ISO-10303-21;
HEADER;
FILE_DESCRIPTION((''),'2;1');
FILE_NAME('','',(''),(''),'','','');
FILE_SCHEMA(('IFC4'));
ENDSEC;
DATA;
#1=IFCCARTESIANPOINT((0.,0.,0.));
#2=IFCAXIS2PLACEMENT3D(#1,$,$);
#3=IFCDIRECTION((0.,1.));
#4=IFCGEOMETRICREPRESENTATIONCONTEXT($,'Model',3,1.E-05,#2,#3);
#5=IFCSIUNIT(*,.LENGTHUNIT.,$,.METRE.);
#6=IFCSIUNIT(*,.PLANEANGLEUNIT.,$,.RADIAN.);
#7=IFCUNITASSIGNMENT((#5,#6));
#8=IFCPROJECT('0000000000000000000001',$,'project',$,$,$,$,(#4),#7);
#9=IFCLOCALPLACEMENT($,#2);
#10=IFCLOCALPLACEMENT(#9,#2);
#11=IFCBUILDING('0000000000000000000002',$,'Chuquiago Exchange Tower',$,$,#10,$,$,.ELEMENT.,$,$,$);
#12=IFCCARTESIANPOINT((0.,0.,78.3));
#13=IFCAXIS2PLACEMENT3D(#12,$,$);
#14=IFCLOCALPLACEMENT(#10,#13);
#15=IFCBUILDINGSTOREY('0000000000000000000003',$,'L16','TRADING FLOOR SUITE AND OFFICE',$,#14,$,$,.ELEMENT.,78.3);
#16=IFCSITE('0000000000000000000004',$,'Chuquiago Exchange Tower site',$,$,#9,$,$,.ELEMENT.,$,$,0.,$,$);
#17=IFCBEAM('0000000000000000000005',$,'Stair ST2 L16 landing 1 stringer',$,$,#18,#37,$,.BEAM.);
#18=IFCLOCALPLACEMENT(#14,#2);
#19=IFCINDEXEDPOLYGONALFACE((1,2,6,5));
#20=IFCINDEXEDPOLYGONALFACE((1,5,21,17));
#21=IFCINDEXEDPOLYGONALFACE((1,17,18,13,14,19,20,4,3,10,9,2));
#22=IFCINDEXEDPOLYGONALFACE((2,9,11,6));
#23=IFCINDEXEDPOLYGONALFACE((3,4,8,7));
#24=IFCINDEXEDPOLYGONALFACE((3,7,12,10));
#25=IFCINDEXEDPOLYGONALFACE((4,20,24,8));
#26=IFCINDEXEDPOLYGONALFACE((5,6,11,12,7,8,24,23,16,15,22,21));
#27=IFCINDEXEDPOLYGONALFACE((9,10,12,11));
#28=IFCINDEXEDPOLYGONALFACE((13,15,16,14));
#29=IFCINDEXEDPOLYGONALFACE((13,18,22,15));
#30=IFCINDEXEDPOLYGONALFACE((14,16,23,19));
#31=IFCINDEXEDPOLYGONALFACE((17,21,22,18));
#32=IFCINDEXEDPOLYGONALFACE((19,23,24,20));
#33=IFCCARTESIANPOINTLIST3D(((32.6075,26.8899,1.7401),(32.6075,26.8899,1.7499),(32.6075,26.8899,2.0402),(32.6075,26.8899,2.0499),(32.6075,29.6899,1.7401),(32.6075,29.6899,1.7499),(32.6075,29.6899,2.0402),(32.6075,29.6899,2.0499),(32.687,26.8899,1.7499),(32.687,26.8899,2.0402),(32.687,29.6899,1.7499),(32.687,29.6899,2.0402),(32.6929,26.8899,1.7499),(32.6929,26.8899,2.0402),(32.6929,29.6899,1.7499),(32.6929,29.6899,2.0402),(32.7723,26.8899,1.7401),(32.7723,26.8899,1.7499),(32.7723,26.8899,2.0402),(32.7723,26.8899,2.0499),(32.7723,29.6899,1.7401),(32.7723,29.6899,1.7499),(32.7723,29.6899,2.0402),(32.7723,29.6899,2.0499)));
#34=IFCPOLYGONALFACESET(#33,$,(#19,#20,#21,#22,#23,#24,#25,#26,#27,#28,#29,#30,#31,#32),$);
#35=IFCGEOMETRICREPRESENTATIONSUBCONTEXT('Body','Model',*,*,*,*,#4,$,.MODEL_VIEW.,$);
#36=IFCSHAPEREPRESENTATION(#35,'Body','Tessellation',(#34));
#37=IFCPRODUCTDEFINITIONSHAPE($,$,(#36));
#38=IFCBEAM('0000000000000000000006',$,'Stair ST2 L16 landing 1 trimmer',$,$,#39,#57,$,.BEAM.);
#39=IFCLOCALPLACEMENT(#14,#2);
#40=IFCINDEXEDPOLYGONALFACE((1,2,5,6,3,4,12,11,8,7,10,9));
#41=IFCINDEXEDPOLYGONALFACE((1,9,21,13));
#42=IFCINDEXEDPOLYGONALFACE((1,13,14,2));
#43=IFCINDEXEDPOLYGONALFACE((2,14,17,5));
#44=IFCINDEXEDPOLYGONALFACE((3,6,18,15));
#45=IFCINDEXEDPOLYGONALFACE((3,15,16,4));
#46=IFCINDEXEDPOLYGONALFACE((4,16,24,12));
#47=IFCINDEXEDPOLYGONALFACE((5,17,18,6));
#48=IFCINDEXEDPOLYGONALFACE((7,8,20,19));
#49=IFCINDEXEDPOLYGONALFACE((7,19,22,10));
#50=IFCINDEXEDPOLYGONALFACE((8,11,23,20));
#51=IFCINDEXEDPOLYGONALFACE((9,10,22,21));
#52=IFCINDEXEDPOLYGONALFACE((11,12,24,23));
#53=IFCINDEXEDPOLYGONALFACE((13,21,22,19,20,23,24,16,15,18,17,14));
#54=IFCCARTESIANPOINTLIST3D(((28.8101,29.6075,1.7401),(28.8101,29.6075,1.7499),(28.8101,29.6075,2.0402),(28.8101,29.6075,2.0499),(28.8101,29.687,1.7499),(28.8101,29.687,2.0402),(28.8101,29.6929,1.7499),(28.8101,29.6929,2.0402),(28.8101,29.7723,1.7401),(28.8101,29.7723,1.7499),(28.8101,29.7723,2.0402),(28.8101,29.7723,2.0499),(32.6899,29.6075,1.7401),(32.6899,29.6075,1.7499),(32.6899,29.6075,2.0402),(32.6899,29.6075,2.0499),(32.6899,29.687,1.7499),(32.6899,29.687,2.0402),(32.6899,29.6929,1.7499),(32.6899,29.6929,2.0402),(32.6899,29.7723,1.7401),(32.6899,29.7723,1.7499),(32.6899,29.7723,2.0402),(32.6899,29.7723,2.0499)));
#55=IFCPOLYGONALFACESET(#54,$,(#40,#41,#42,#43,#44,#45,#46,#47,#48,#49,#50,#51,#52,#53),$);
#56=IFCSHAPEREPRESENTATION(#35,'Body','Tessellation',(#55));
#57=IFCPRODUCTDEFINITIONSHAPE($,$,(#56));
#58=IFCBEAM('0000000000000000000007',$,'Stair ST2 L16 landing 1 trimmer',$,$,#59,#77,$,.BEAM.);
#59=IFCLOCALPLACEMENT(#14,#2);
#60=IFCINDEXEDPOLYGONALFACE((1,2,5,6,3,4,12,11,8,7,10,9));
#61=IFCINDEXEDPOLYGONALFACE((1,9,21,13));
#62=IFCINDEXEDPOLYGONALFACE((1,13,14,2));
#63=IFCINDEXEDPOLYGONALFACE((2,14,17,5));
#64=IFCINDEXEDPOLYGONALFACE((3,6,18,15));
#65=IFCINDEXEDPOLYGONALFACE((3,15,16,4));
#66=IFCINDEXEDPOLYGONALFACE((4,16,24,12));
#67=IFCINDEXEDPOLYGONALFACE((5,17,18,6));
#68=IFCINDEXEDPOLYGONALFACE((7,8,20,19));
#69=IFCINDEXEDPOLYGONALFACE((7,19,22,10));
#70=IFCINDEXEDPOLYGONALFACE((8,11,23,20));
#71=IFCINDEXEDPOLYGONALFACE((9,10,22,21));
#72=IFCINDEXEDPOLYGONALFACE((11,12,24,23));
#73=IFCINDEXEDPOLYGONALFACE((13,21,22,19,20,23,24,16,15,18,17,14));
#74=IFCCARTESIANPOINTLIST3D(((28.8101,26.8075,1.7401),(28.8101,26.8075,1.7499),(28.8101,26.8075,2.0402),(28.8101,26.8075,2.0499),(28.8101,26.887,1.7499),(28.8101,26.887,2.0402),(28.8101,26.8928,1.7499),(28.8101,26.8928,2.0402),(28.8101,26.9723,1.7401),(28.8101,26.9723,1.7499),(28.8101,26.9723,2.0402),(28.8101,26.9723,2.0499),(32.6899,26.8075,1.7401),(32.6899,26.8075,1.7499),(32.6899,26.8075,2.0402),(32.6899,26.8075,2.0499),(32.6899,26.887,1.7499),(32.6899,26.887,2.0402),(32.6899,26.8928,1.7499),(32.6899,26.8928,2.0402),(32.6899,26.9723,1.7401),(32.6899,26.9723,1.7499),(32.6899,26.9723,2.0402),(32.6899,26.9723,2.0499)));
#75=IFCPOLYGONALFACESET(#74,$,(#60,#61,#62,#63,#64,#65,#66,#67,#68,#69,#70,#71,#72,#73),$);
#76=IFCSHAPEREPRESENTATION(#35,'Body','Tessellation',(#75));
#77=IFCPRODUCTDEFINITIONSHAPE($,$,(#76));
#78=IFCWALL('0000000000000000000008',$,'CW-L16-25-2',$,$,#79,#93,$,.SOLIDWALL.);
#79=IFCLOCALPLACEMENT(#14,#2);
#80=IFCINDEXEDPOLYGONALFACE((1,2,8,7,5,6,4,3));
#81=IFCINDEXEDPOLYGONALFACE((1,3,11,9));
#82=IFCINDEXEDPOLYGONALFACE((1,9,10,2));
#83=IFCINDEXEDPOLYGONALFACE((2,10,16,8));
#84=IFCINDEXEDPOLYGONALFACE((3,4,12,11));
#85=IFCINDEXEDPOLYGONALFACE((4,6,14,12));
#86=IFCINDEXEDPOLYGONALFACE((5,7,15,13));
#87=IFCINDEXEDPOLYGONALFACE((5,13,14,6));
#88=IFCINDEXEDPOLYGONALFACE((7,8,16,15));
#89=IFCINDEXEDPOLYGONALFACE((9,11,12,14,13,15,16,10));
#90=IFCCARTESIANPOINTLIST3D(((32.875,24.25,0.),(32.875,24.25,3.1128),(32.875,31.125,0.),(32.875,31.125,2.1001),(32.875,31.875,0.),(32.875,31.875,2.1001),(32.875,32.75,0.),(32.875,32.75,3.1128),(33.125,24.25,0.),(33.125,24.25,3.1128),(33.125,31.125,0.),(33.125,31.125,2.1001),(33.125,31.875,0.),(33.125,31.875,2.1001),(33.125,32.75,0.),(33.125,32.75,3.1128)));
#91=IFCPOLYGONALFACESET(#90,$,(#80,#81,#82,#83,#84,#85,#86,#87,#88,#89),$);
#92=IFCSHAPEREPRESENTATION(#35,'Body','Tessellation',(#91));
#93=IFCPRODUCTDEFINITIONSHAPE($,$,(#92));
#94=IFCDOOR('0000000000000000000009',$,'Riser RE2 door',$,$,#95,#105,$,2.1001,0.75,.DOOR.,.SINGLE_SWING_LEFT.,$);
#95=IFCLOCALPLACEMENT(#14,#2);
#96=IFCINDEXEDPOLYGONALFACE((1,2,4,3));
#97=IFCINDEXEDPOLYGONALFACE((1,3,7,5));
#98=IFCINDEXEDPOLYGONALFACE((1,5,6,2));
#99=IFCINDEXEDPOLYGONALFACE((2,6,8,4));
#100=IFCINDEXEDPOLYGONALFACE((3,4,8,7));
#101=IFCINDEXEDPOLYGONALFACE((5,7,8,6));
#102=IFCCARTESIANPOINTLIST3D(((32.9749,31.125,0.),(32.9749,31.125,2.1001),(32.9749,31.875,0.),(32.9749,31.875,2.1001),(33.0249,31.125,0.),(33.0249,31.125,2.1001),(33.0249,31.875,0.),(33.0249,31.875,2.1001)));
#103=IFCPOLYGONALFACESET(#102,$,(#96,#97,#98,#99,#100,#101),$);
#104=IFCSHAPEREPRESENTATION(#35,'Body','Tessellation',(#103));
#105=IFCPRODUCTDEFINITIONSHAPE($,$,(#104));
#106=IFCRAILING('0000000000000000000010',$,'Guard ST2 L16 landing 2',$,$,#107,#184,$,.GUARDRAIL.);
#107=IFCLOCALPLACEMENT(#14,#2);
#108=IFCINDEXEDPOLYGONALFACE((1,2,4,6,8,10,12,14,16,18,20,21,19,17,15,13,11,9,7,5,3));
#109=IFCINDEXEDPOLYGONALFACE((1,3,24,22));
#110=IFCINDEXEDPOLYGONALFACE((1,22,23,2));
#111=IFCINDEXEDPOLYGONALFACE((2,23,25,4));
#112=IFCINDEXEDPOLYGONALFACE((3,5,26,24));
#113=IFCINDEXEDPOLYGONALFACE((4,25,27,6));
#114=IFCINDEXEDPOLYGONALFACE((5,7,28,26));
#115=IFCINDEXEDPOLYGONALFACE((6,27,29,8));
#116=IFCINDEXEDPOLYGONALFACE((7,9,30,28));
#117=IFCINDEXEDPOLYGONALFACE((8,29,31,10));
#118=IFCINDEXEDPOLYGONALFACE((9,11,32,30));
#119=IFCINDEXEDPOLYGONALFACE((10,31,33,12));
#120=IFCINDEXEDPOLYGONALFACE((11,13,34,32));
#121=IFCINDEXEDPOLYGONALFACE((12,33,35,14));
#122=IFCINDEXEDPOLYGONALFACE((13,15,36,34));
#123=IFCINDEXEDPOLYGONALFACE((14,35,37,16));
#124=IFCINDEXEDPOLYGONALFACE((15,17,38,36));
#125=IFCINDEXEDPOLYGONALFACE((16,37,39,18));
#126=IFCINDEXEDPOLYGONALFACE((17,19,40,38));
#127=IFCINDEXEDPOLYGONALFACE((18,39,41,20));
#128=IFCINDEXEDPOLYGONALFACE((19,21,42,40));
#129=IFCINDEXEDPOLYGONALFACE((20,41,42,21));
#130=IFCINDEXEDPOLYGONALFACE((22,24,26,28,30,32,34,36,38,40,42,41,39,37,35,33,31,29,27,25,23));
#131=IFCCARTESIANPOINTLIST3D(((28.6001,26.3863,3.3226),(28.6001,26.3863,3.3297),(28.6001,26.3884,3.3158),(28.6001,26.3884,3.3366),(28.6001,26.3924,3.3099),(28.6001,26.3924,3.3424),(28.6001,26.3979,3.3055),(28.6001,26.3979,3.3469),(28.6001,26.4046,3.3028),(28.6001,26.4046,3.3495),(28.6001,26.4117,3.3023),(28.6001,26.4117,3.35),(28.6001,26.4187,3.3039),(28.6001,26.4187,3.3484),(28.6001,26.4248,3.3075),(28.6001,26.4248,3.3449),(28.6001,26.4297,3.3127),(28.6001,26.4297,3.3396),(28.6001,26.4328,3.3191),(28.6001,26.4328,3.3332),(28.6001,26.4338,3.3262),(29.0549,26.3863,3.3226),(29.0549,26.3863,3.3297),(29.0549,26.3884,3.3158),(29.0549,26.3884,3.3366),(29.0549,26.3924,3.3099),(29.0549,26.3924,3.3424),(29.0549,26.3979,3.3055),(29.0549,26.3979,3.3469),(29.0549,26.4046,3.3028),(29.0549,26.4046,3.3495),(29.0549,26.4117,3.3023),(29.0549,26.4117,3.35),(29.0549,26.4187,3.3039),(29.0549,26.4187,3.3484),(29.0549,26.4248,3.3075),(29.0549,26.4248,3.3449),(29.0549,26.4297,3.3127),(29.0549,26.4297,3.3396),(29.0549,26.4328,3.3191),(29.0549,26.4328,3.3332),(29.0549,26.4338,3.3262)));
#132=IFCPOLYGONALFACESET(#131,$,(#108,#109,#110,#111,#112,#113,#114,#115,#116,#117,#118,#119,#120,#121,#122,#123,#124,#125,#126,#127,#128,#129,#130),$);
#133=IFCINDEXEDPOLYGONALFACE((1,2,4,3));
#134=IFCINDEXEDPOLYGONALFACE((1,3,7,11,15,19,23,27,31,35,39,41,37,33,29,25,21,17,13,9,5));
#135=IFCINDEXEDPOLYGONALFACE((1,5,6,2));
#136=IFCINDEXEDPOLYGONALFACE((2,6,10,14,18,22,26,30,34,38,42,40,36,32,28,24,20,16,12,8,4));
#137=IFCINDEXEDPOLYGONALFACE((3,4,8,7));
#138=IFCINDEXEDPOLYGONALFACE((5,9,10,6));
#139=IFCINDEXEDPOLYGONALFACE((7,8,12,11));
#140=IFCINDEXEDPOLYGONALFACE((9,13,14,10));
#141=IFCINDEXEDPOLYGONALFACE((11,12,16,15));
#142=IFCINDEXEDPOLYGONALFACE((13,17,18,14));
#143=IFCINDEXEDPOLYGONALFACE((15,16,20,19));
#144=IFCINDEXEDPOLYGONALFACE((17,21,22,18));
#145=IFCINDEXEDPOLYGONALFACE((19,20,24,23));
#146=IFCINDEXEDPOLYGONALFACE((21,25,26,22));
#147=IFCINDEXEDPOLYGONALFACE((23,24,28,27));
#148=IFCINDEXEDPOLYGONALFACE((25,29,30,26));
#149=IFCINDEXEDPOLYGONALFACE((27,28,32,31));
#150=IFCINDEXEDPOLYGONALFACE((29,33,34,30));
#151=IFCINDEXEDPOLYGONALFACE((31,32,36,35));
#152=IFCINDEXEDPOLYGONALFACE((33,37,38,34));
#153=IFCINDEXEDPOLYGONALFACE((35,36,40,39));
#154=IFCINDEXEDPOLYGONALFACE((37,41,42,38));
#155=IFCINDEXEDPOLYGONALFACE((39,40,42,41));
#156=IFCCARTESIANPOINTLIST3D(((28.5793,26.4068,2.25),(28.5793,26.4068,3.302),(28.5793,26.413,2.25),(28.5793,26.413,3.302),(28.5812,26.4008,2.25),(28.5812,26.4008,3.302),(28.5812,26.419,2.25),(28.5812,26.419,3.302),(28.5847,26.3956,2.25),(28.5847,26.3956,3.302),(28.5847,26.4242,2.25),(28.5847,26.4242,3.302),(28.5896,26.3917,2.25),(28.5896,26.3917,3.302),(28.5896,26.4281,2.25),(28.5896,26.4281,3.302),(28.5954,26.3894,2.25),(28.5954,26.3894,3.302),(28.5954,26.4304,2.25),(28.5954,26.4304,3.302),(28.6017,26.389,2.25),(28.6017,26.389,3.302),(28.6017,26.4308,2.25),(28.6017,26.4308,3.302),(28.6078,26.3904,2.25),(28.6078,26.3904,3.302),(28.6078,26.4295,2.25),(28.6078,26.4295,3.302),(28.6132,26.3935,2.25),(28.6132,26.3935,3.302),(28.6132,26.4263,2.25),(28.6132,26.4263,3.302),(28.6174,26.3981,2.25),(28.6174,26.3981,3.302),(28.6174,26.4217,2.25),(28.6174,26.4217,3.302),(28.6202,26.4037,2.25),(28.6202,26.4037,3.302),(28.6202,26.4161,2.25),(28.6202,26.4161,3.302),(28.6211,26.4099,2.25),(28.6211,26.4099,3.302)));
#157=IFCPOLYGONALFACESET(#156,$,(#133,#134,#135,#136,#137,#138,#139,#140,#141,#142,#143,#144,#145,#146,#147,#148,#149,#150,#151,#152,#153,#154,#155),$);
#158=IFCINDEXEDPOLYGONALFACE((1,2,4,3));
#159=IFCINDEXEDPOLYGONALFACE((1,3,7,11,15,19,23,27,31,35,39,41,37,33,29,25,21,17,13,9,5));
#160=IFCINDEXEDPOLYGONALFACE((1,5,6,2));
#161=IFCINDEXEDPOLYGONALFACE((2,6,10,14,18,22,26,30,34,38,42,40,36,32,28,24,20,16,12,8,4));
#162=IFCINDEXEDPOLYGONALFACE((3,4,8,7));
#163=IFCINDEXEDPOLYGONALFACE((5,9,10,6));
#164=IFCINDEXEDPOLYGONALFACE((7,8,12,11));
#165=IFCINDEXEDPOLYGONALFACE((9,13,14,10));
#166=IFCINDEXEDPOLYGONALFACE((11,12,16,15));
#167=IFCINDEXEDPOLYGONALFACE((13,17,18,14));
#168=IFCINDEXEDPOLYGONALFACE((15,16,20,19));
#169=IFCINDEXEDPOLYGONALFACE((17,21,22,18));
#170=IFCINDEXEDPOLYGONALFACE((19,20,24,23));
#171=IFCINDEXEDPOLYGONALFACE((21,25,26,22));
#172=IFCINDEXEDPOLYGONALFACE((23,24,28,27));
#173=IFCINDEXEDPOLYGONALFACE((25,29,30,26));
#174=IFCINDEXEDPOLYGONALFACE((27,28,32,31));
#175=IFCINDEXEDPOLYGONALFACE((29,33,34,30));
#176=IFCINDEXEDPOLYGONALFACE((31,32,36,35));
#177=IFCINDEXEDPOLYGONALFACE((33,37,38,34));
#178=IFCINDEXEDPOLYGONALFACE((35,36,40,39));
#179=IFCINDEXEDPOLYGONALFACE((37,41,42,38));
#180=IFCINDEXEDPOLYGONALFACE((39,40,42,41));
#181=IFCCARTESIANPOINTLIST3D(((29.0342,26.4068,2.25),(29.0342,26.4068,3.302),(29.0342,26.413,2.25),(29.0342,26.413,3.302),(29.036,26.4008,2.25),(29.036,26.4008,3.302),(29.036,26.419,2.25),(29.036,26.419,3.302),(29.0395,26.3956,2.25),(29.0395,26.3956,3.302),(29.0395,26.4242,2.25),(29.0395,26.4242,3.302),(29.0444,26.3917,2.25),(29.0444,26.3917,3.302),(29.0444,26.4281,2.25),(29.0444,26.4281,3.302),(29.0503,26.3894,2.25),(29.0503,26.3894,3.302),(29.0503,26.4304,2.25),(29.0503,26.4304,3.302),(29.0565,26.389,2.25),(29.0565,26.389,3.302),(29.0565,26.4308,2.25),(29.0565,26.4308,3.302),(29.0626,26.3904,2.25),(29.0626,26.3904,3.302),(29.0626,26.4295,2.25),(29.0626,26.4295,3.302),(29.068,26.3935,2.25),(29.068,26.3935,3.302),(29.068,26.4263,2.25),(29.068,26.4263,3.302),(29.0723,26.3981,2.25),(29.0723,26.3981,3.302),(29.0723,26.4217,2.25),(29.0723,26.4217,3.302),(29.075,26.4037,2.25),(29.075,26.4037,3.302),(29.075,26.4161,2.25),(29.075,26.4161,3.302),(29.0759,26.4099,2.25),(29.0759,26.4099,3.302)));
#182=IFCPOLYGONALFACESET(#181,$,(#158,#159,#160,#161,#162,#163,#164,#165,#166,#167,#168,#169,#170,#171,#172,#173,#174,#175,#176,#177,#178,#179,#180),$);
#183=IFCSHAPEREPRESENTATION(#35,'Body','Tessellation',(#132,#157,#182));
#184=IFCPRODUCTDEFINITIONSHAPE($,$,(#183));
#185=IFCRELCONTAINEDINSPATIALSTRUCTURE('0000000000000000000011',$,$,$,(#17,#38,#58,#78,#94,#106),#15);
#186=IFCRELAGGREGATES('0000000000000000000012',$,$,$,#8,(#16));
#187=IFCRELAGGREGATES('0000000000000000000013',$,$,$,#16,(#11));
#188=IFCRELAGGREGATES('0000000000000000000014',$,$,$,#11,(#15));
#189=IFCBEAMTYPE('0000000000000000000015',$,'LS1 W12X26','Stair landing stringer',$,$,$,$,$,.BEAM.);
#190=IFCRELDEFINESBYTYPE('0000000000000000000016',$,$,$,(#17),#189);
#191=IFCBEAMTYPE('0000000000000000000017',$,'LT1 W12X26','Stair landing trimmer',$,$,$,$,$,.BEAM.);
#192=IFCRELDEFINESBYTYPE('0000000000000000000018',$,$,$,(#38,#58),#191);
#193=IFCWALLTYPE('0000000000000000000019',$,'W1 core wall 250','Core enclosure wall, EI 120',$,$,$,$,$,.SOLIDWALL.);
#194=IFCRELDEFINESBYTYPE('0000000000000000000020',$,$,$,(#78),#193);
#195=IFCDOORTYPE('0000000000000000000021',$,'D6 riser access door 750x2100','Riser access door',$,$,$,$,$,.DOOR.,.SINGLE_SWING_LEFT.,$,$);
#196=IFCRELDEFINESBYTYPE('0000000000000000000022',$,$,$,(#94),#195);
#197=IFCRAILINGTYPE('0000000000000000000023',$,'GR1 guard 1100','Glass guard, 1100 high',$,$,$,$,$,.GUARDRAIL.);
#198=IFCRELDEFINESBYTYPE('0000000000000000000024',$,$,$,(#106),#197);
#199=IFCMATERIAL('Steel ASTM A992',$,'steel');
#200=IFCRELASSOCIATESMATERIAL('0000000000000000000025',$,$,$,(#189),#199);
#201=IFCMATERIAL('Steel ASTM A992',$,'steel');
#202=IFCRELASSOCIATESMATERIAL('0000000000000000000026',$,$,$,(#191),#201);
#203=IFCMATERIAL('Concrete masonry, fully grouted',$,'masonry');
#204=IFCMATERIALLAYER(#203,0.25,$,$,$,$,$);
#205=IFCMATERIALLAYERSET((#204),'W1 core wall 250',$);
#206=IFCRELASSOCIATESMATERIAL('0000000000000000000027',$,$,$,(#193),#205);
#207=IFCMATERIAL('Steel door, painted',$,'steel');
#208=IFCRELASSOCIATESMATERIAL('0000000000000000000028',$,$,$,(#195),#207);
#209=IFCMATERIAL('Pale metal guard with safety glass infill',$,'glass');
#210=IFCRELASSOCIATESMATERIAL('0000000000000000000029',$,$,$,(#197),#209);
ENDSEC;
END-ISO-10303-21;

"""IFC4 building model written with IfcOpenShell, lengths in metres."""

from ifc_helpers import new_model, si_unit, direction, frame, frame_2d, origin, origin_2d, place, context, subcontext, project, spatial, rectangle, circle, i_section, extrude, material, layer, layer_set, material_profile, profile_set, type_object, element, fill, save


model = new_model("IFC4")

# Units and contexts
model_context = context("Model", 3, precision=1e-05, world=origin(), true_north=direction((0.0, 1.0)))
body_context = subcontext(model_context, "Body", "Model", "MODEL_VIEW")
ifc_project = project(units=[si_unit("LENGTHUNIT", "METRE"), si_unit("PLANEANGLEUNIT", "RADIAN")], contexts=[model_context])

# Site, building, storey
site_placement = place(None, origin())
site = spatial("IfcSite", under=ifc_project, at=site_placement, Name="Chuquiago Exchange Tower site", CompositionType="ELEMENT", RefElevation=0.0)
building_placement = place(site_placement, origin())
building = spatial("IfcBuilding", under=site, at=building_placement, Name="Chuquiago Exchange Tower", CompositionType="ELEMENT")
storey_placement = place(building_placement, frame((0.0, 0.0, 78.3)))
storey = spatial("IfcBuildingStorey", under=building, at=storey_placement, Name="L16", Description="TRADING FLOOR SUITE AND OFFICE", CompositionType="ELEMENT", Elevation=78.3)

# Beams
ifc_material_1 = material(Name="Steel ASTM A992", Category="steel")
ifc_material_profile_1 = material_profile(ifc_material_1, i_section(OverallWidth=0.1648, OverallDepth=0.3098, WebThickness=0.0059, FlangeThickness=0.0098, at=origin_2d()), Name="W12X26")
ifc_profile_set_1 = profile_set([ifc_material_profile_1], Name="Steel ASTM A992")
beam_type_1 = type_object("IfcBeamType", Name="LS1 W12X26", Description="Stair landing stringer", PredefinedType="BEAM", material=ifc_profile_set_1)
for number, where, z_axis, x_axis, name in (
    (1, (32.6899, 26.8899, 1.895), (0.0, 1.0, 0.0), (-1.0, 0.0, 0.0), "Stair ST2 L16 landing 1 stringer"),
):
    element("IfcBeam", number, at=place(storey_placement, frame(where, z_axis=z_axis, x_axis=x_axis)), inside=storey, type_object=beam_type_1, Name=name, PredefinedType="BEAM", context=body_context, shape_type="SweptSolid", body=[
        extrude(i_section(OverallWidth=0.1648, OverallDepth=0.3098, WebThickness=0.0059, FlangeThickness=0.0098, at=origin_2d()), origin(), (0.0, 0.0, 1.0), 2.8),
    ])
ifc_material_2 = material(Name="Steel ASTM A992", Category="steel")
ifc_material_profile_2 = material_profile(ifc_material_2, i_section(OverallWidth=0.1648, OverallDepth=0.3098, WebThickness=0.0059, FlangeThickness=0.0098, at=origin_2d()), Name="W12X26")
ifc_profile_set_2 = profile_set([ifc_material_profile_2], Name="Steel ASTM A992")
beam_type_2 = type_object("IfcBeamType", Name="LT1 W12X26", Description="Stair landing trimmer", PredefinedType="BEAM", material=ifc_profile_set_2)
for number, where, z_axis, x_axis, name in (
    (2, (28.8101, 29.6899, 1.895), (1.0, 0.0, 0.0), (0.0, 1.0, 0.0), "Stair ST2 L16 landing 1 trimmer"),
    (3, (28.8101, 26.8899, 1.895), (1.0, 0.0, 0.0), (0.0, 1.0, 0.0), "Stair ST2 L16 landing 1 trimmer"),
):
    element("IfcBeam", number, at=place(storey_placement, frame(where, z_axis=z_axis, x_axis=x_axis)), inside=storey, type_object=beam_type_2, Name=name, PredefinedType="BEAM", context=body_context, shape_type="SweptSolid", body=[
        extrude(i_section(OverallWidth=0.1648, OverallDepth=0.3098, WebThickness=0.0059, FlangeThickness=0.0098, at=origin_2d()), origin(), (0.0, 0.0, 1.0), 3.8799),
    ])

# Wall, opening, door
ifc_material_3 = material(Name="Concrete masonry, fully grouted", Category="masonry")
ifc_layer = layer(ifc_material_3, 0.25)
ifc_layer_set = layer_set([ifc_layer], Name="W1 core wall 250")
wall_type = type_object("IfcWallType", Name="W1 core wall 250", Description="Core enclosure wall, EI 120", PredefinedType="SOLIDWALL", material=ifc_layer_set)
wall_placement = place(storey_placement, frame((33.0, 24.25, 0.0), z_axis=(0.0, 0.0, 1.0), x_axis=(0.0, 1.0, 0.0)))
wall = element("IfcWall", 4, at=wall_placement, inside=storey, type_object=wall_type, Name="CW-L16-25-2", PredefinedType="SOLIDWALL", context=body_context, shape_type="SweptSolid", body=[
    extrude(rectangle(XDim=8.5, YDim=0.25, at=frame_2d((4.25, 0.0))), origin(), (0.0, 0.0, 1.0), 3.1128),
])
opening_placement = place(wall_placement, frame((6.875, 0.0, 0.0)))
opening = element("IfcOpeningElement", 5, at=opening_placement, cuts=wall, PredefinedType="OPENING", context=body_context, shape_type="SweptSolid", body=[
    extrude(rectangle(XDim=0.75, YDim=2.1001, at=frame_2d((0.375, 1.05))), frame((0.0, 0.135, 0.0), z_axis=(0.0, -1.0, 0.0), x_axis=(1.0, 0.0, 0.0)), (0.0, 0.0, 1.0), 0.27),
])
ifc_material_4 = material(Name="Steel door, painted", Category="steel")
door_type = type_object("IfcDoorType", Name="D6 riser access door 750x2100", Description="Riser access door", OperationType="SINGLE_SWING_LEFT", PredefinedType="DOOR", material=ifc_material_4)
door_placement = place(opening_placement, frame((0.75, 0.0, 0.0), z_axis=(0.0, 0.0, 1.0), x_axis=(-1.0, 0.0, 0.0)))
door = element("IfcDoor", 6, at=door_placement, inside=storey, type_object=door_type, Name="Riser RE2 door", OperationType="SINGLE_SWING_LEFT", OverallHeight=2.1001, OverallWidth=0.75, PredefinedType="DOOR", context=body_context, shape_type="SweptSolid", body=[
    extrude(rectangle(XDim=0.75, YDim=2.1001, at=frame_2d((0.375, 1.05))), frame((0.0, 0.0249, 0.0), z_axis=(0.0, -1.0, 0.0), x_axis=(1.0, 0.0, 0.0)), (0.0, 0.0, 1.0), 0.05),
])
fill(opening, door)

# Railing
ifc_material_5 = material(Name="Pale metal guard with safety glass infill", Category="glass")
railing_type_1 = type_object("IfcRailingType", Name="GR1 guard 1100", Description="Glass guard, 1100 high", PredefinedType="GUARDRAIL", material=ifc_material_5)
for number, where, name in (
    (7, (28.6001, 26.4099, 2.25), "Guard ST2 L16 landing 2"),
):
    element("IfcRailing", number, at=place(storey_placement, frame(where)), inside=storey, type_object=railing_type_1, Name=name, PredefinedType="GUARDRAIL", context=body_context, shape_type="SweptSolid", body=[
        extrude(circle(Radius=0.0239, at=origin_2d()), frame((0.0, 0.0, 1.0762), z_axis=(1.0, 0.0, 0.0), x_axis=(0.0, 1.0, 0.0)), (0.0, 0.0, 1.0), 0.4548),
        extrude(circle(Radius=0.021, at=origin_2d()), origin(), (0.0, 0.0, 1.0), 1.052),
        extrude(circle(Radius=0.021, at=origin_2d()), frame((0.4548, 0.0, 0.0)), (0.0, 0.0, 1.0), 1.052),
    ])

save(model, "model.ifc")
